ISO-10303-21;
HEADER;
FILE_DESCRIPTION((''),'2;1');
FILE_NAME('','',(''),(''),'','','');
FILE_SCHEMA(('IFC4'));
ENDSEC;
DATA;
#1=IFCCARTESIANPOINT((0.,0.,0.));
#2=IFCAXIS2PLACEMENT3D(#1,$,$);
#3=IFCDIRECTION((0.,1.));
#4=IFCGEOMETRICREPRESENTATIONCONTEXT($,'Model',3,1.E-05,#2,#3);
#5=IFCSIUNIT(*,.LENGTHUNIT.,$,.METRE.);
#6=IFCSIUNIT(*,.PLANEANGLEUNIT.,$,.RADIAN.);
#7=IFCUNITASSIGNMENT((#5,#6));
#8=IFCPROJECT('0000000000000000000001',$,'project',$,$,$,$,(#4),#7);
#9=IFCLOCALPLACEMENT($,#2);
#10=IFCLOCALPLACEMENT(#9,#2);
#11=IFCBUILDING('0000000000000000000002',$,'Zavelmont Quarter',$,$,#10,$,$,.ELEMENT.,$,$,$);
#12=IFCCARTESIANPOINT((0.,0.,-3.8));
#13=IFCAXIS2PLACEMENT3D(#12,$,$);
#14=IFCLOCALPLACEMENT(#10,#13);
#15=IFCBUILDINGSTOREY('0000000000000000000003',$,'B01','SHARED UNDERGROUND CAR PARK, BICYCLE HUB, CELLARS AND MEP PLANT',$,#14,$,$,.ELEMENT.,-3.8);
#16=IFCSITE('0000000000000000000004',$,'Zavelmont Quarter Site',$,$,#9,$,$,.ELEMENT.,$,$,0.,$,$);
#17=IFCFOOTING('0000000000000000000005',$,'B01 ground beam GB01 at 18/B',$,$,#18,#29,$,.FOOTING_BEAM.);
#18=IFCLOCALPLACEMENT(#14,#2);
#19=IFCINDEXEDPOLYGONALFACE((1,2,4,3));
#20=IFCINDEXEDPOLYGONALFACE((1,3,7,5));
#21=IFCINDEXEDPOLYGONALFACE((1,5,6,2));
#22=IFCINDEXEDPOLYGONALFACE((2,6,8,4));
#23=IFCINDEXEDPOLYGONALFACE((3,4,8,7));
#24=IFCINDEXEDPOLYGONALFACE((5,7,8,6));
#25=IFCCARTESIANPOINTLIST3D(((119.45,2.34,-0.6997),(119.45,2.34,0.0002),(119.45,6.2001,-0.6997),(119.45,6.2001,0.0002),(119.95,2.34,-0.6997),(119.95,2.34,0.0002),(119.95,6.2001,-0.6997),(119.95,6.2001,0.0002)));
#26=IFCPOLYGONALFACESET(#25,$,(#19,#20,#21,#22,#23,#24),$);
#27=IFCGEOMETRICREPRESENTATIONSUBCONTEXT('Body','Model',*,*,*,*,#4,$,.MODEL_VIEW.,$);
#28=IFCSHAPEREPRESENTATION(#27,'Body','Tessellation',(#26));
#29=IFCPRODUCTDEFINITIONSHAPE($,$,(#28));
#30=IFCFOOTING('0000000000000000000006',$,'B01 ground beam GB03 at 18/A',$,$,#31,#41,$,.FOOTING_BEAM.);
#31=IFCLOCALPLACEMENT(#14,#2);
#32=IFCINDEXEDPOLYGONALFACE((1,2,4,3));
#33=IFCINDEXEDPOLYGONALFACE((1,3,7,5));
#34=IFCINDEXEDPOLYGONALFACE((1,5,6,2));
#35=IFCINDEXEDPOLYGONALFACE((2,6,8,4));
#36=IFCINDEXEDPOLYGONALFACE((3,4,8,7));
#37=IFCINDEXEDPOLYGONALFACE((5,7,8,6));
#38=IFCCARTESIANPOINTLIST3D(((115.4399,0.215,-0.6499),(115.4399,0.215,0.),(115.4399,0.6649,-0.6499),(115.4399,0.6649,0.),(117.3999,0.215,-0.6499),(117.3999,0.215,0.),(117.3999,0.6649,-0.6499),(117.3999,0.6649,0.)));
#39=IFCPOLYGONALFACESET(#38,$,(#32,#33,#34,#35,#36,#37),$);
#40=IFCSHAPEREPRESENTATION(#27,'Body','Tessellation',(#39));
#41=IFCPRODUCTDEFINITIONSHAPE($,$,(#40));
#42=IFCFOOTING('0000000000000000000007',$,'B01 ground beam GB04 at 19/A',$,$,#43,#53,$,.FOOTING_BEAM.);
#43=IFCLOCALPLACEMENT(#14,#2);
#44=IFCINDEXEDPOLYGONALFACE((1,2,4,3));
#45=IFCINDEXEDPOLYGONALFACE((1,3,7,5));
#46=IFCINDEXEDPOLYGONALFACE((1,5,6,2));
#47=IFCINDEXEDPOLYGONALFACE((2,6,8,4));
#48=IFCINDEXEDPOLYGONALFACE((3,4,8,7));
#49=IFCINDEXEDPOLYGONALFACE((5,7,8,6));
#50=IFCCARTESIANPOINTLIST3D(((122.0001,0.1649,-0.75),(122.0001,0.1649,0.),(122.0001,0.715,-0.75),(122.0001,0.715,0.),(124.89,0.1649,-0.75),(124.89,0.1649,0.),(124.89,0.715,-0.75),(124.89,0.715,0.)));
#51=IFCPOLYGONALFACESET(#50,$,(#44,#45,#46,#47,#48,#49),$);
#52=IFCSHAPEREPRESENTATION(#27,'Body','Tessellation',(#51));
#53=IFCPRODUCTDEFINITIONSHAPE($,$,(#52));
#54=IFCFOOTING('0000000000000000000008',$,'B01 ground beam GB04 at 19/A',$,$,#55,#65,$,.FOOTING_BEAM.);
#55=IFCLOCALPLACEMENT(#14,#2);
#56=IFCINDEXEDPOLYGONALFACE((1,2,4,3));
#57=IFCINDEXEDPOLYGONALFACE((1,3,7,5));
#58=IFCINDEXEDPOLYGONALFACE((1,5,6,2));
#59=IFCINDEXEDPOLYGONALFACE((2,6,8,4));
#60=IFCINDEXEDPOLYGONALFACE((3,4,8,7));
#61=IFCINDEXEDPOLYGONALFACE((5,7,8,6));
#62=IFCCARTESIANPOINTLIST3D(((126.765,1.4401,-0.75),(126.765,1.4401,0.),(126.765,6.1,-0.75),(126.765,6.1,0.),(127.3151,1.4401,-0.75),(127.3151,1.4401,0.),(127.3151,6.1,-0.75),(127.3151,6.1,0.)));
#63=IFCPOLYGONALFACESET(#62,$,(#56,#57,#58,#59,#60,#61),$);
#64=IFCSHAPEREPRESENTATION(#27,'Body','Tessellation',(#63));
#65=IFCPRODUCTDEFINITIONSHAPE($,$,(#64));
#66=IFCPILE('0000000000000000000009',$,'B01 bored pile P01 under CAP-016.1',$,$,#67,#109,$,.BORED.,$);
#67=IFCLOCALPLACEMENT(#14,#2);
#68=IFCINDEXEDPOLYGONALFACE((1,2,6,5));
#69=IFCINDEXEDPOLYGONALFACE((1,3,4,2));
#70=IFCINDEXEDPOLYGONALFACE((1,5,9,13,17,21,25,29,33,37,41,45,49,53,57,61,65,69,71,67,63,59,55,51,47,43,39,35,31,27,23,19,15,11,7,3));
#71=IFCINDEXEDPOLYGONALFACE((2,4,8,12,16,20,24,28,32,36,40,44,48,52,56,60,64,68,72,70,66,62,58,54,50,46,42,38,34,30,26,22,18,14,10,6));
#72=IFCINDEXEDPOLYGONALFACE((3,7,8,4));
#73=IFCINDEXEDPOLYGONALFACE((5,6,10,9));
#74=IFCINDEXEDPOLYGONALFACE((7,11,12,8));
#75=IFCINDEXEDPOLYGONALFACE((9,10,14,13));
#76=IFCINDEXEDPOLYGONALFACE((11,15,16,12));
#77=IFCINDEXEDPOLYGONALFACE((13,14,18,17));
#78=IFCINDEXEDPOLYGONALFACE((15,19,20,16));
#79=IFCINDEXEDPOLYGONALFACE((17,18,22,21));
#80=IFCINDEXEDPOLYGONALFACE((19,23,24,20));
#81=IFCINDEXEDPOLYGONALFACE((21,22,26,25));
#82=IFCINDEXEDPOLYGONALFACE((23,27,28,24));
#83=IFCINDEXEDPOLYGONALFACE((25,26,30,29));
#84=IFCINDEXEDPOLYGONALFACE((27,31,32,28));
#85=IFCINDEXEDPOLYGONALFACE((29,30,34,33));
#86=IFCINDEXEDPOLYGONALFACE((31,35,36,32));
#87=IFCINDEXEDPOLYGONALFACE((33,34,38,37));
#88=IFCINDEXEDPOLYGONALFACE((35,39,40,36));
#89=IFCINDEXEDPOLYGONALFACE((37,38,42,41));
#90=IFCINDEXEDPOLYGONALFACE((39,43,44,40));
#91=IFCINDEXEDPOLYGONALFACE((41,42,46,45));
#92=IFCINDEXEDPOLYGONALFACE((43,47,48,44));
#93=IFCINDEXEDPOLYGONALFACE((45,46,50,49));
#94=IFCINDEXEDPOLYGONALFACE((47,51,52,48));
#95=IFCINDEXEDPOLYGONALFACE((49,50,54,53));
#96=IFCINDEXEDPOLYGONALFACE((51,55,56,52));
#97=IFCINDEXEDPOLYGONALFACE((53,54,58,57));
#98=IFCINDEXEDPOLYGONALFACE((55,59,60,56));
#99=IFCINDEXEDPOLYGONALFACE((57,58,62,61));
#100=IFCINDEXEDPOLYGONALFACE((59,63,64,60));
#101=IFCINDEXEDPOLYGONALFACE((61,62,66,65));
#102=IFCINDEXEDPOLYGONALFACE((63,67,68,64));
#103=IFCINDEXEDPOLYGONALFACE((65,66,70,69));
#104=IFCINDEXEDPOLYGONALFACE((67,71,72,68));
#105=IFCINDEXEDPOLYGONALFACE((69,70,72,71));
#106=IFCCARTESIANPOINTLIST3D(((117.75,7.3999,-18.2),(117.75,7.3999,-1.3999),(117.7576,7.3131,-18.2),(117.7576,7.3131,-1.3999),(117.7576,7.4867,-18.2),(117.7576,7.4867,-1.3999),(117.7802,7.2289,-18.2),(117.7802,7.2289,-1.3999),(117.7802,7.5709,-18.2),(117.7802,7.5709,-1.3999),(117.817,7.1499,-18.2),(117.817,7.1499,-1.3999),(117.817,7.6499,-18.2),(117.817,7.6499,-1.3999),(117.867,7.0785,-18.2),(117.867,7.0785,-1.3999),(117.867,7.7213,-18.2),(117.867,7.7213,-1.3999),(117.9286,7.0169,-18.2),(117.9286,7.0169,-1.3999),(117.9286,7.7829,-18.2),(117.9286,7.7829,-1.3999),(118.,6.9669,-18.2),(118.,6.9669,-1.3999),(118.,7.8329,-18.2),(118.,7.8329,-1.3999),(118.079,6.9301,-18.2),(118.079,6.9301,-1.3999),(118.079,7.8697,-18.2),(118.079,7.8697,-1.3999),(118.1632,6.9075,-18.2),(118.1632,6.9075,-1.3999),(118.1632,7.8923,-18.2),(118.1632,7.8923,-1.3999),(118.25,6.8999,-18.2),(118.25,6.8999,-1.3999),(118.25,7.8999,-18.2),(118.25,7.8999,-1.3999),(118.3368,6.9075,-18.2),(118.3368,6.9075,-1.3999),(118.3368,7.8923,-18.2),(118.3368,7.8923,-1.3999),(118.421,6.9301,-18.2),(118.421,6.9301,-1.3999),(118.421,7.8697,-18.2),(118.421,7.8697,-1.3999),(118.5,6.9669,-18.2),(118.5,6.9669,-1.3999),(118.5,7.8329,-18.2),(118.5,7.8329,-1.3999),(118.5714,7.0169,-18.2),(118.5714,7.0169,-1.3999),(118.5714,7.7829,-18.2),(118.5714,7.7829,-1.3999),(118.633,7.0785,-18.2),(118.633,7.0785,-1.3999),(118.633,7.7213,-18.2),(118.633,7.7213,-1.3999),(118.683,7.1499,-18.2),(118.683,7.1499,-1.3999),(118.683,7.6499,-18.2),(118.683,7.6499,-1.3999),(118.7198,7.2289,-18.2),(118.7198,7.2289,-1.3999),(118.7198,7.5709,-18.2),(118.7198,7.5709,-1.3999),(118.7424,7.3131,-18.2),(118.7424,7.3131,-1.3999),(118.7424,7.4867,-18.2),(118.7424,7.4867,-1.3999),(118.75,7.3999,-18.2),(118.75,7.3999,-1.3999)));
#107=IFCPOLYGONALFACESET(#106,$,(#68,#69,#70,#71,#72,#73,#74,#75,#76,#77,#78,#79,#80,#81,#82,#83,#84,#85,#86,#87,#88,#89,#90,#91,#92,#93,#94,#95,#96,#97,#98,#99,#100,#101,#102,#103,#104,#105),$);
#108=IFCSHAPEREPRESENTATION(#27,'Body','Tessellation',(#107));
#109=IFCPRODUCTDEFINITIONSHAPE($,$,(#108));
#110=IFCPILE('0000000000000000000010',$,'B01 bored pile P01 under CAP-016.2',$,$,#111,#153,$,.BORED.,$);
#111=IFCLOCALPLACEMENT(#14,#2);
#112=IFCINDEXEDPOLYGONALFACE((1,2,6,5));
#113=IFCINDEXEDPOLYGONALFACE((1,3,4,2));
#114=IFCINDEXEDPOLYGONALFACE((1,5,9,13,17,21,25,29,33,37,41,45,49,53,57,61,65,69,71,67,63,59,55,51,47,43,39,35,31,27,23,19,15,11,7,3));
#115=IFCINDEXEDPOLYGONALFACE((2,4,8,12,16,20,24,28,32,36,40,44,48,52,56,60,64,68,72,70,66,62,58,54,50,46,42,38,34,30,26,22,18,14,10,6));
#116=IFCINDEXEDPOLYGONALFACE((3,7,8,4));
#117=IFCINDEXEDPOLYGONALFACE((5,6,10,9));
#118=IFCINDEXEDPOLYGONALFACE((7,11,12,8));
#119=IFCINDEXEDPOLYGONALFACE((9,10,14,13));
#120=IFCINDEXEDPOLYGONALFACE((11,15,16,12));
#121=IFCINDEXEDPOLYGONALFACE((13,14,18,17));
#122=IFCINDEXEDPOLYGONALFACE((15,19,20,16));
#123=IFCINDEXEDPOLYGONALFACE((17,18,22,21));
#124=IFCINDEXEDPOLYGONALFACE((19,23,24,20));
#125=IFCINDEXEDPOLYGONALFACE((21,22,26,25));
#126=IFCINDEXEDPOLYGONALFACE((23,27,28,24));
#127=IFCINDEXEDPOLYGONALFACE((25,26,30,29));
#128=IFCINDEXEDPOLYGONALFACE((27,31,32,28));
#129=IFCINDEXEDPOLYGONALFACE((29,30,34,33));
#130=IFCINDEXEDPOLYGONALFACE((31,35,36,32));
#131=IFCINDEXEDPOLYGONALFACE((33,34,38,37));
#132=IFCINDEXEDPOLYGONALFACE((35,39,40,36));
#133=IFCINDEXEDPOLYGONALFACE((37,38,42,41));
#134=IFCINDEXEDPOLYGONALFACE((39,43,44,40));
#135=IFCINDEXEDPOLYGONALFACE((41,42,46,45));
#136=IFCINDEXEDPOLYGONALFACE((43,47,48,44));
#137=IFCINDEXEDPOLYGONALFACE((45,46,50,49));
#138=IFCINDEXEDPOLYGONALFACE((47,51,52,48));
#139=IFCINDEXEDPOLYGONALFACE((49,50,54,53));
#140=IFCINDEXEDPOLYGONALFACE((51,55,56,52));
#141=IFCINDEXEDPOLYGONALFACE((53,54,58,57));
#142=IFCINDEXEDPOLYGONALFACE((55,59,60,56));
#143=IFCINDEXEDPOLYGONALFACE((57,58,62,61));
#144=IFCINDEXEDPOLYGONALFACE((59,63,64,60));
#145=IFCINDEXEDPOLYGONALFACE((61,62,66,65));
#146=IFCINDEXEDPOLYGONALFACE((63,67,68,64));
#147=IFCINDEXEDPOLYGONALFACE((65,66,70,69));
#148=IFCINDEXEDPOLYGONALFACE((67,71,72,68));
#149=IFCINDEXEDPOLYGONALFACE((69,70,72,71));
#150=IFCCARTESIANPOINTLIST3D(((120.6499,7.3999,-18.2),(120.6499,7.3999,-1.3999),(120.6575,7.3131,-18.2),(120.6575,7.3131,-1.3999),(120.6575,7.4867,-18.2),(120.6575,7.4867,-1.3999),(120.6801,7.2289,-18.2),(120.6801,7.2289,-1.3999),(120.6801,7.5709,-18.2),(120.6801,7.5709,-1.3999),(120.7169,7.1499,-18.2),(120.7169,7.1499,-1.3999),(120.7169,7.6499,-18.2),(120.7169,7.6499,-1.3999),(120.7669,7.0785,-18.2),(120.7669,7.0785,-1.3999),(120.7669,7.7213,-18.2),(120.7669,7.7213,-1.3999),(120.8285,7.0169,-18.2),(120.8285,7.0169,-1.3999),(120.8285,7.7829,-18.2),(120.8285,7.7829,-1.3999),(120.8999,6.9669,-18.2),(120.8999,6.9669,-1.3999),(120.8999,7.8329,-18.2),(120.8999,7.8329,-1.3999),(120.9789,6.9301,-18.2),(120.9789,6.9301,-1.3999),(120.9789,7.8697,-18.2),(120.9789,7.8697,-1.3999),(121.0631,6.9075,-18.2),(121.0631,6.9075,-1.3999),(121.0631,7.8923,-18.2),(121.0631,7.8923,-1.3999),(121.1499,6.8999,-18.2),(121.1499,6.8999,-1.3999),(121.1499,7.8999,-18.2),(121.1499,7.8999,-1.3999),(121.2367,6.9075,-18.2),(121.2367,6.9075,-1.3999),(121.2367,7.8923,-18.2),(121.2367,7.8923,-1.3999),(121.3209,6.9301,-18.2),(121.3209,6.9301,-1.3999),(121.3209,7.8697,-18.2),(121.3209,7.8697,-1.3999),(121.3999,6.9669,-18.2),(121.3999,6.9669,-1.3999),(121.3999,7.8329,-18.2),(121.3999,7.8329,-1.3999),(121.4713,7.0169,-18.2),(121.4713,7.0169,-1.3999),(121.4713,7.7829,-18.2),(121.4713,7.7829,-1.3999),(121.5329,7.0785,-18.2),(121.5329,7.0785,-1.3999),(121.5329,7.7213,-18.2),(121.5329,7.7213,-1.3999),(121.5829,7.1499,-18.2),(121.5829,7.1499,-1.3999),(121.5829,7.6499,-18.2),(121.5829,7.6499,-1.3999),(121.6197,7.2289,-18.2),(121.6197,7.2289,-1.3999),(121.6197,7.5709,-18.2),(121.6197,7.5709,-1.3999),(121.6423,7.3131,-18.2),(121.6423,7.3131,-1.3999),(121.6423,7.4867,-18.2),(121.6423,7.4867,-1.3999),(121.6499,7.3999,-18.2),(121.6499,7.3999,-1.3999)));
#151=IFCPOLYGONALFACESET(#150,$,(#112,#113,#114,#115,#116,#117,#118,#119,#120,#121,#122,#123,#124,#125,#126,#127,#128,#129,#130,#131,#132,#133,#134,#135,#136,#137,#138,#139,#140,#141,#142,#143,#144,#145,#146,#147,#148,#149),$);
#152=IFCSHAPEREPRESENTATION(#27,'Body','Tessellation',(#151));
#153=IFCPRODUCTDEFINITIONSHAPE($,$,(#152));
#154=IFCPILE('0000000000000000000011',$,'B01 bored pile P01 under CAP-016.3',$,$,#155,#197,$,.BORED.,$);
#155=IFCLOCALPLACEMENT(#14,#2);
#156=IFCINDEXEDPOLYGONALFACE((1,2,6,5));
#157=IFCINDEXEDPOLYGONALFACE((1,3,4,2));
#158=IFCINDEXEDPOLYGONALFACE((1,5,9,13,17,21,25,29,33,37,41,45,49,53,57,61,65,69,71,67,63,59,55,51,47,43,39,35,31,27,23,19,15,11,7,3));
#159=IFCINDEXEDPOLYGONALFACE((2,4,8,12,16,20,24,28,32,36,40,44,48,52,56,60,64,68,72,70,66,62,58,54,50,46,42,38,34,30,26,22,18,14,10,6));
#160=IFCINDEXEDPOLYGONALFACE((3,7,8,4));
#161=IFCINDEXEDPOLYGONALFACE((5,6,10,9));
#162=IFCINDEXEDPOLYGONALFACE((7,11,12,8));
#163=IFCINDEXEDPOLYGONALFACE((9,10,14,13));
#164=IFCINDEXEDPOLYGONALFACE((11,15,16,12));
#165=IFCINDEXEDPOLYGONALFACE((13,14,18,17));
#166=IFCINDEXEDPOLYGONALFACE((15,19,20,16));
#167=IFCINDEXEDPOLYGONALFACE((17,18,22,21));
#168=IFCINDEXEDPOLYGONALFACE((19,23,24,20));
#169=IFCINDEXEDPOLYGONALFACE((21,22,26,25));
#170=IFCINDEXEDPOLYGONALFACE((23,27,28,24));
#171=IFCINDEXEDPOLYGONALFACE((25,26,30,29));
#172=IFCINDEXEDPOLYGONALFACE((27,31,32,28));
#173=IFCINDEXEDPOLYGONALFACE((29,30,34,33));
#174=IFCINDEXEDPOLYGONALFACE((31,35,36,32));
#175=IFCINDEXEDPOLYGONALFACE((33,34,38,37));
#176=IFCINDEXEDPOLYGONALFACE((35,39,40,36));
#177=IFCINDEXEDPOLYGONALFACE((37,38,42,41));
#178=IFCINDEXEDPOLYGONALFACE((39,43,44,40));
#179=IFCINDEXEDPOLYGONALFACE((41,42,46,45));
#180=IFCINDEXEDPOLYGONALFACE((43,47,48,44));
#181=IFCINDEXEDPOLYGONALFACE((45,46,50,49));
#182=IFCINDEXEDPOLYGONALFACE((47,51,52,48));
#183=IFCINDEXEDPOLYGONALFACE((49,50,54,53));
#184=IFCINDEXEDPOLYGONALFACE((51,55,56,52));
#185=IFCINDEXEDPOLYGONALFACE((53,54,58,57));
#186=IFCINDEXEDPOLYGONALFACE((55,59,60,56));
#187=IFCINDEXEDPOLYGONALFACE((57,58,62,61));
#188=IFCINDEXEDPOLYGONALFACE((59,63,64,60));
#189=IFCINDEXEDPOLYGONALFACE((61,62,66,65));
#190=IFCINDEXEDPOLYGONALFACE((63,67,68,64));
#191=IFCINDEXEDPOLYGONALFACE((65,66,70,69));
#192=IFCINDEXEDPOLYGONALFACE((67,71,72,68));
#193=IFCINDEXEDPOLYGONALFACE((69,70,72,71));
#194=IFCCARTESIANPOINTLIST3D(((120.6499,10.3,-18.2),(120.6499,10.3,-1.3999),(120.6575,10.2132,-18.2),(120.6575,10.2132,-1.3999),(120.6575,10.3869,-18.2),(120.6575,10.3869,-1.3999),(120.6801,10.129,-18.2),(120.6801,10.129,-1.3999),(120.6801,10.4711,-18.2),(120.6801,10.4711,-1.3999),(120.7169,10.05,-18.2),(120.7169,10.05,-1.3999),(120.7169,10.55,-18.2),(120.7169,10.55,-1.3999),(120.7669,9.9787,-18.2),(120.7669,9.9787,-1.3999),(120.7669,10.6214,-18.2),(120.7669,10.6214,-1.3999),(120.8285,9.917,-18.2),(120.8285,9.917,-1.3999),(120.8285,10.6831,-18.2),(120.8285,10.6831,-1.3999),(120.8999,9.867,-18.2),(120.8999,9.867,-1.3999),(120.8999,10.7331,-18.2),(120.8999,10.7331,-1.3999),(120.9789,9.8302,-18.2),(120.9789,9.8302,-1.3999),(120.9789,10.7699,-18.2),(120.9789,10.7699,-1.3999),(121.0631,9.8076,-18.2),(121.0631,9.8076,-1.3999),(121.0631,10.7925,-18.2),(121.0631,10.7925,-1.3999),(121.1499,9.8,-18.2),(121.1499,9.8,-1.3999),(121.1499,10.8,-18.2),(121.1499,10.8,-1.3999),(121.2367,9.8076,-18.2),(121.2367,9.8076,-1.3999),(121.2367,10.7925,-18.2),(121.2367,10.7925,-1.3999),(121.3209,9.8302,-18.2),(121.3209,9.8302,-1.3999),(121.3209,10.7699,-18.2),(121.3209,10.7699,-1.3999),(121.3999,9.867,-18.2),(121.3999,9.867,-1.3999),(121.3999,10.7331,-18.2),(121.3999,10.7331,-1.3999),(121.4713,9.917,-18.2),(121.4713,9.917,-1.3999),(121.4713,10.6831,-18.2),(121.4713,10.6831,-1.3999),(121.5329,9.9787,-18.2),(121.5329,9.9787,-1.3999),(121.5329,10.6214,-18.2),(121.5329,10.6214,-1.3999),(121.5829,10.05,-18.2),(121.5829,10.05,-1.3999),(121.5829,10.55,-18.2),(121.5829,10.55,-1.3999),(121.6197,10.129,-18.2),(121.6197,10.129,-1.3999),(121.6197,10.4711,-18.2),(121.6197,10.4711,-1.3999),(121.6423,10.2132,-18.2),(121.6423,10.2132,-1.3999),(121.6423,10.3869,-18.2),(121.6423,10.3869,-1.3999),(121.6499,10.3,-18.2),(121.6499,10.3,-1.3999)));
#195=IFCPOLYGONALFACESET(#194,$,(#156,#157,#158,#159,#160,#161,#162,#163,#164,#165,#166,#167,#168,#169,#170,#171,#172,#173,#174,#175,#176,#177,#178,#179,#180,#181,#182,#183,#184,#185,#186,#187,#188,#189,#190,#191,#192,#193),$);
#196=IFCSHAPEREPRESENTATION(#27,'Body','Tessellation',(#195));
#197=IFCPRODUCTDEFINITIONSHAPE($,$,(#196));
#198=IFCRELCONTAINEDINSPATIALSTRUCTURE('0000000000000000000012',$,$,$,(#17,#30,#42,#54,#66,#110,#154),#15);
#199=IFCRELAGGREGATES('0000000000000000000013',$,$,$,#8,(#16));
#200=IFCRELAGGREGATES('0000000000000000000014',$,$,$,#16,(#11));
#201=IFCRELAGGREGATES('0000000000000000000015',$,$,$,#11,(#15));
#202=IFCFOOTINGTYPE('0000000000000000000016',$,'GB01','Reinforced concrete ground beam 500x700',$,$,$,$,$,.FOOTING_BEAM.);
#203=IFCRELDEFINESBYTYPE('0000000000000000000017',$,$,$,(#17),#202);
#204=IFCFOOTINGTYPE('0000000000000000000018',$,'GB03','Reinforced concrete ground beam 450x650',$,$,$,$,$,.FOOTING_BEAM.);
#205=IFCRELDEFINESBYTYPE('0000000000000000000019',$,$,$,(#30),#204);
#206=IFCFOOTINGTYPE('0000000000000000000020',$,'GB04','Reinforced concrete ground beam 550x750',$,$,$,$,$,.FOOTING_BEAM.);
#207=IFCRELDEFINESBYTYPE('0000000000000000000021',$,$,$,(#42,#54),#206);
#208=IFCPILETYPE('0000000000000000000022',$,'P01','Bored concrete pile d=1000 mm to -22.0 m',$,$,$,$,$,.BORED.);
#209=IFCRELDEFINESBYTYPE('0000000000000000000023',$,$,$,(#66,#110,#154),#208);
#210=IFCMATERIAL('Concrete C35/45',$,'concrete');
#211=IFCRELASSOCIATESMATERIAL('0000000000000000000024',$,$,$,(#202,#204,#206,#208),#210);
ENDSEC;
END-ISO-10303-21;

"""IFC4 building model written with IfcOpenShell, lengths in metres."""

from ifc_helpers import new_model, si_unit, direction, frame, origin, origin_2d, place, context, subcontext, project, spatial, rectangle, circle, extrude, material, material_profile, profile_set, type_object, element, save


model = new_model("IFC4")

# Units and contexts
model_context = context("Model", 3, precision=1e-05, world=origin(), true_north=direction((0.0, 1.0)))
body_context = subcontext(model_context, "Body", "Model", "MODEL_VIEW")
ifc_project = project(units=[si_unit("LENGTHUNIT", "METRE"), si_unit("PLANEANGLEUNIT", "RADIAN")], contexts=[model_context])

# Site, building, storey
site_placement = place(None, origin())
site = spatial("IfcSite", under=ifc_project, at=site_placement, Name="Zavelmont Quarter Site", CompositionType="ELEMENT", RefElevation=0.0)
building_placement = place(site_placement, origin())
building = spatial("IfcBuilding", under=site, at=building_placement, Name="Zavelmont Quarter", CompositionType="ELEMENT")
storey_placement = place(building_placement, frame((0.0, 0.0, -3.8)))
storey = spatial("IfcBuildingStorey", under=building, at=storey_placement, Name="B01", Description="SHARED UNDERGROUND CAR PARK, BICYCLE HUB, CELLARS AND MEP PLANT", CompositionType="ELEMENT", Elevation=-3.8)

# Footings
ifc_material_1 = material(Name="Concrete C35/45", Category="concrete")
footing_type_1 = type_object("IfcFootingType", Name="GB01", Description="Reinforced concrete ground beam 500x700", PredefinedType="FOOTING_BEAM", material=ifc_material_1)
footing_1_placement = place(storey_placement, frame((119.7, 4.27, -0.6997), z_axis=(0.0, 0.0, 1.0), x_axis=(0.0, 1.0, 0.0)))
element("IfcFooting", 1, at=footing_1_placement, inside=storey, type_object=footing_type_1, Name="B01 ground beam GB01 at 18/B", PredefinedType="FOOTING_BEAM", context=body_context, shape_type="SweptSolid", body=[
    extrude(rectangle(XDim=3.8601, YDim=0.5, at=origin_2d()), origin(), (0.0, 0.0, 1.0), 0.7),
])
footing_type_2 = type_object("IfcFootingType", Name="GB03", Description="Reinforced concrete ground beam 450x650", PredefinedType="FOOTING_BEAM", material=ifc_material_1)
footing_2_placement = place(storey_placement, frame((116.4199, 0.4399, -0.6499), z_axis=(0.0, 0.0, 1.0), x_axis=(1.0, 0.0, 0.0)))
element("IfcFooting", 2, at=footing_2_placement, inside=storey, type_object=footing_type_2, Name="B01 ground beam GB03 at 18/A", PredefinedType="FOOTING_BEAM", context=body_context, shape_type="SweptSolid", body=[
    extrude(rectangle(XDim=1.96, YDim=0.45, at=origin_2d()), origin(), (0.0, 0.0, 1.0), 0.6499),
])
footing_type_3 = type_object("IfcFootingType", Name="GB04", Description="Reinforced concrete ground beam 550x750", PredefinedType="FOOTING_BEAM", material=ifc_material_1)
footing_3_placement = place(storey_placement, frame((123.4451, 0.4399, -0.75), z_axis=(0.0, 0.0, 1.0), x_axis=(1.0, 0.0, 0.0)))
element("IfcFooting", 3, at=footing_3_placement, inside=storey, type_object=footing_type_3, Name="B01 ground beam GB04 at 19/A", PredefinedType="FOOTING_BEAM", context=body_context, shape_type="SweptSolid", body=[
    extrude(rectangle(XDim=2.8899, YDim=0.55, at=origin_2d()), origin(), (0.0, 0.0, 1.0), 0.75),
])
footing_4_placement = place(storey_placement, frame((127.04, 3.77, -0.75), z_axis=(0.0, 0.0, 1.0), x_axis=(0.0, 1.0, 0.0)))
element("IfcFooting", 4, at=footing_4_placement, inside=storey, type_object=footing_type_3, Name="B01 ground beam GB04 at 19/A", PredefinedType="FOOTING_BEAM", context=body_context, shape_type="SweptSolid", body=[
    extrude(rectangle(XDim=4.6599, YDim=0.55, at=origin_2d()), origin(), (0.0, 0.0, 1.0), 0.75),
])

# Piles
ifc_material_profile_1 = material_profile(ifc_material_1, circle(Radius=0.5, at=origin_2d()), Name="BP1000")
ifc_profile_set_1 = profile_set([ifc_material_profile_1], Name="Concrete C35/45")
pile_type_1 = type_object("IfcPileType", Name="P01", Description="Bored concrete pile d=1000 mm to -22.0 m", PredefinedType="BORED", material=ifc_profile_set_1)
for number, where, z_axis, x_axis, name in (
    (5, (118.25, 7.3999, -1.3999), (0.0, 0.0, -1.0), (1.0, 0.0, 0.0), "B01 bored pile P01 under CAP-016.1"),
    (6, (121.1499, 7.3999, -1.3999), (0.0, 0.0, -1.0), (1.0, 0.0, 0.0), "B01 bored pile P01 under CAP-016.2"),
    (7, (121.1499, 10.3, -1.3999), (0.0, 0.0, -1.0), (1.0, 0.0, 0.0), "B01 bored pile P01 under CAP-016.3"),
):
    element("IfcPile", number, at=place(storey_placement, frame(where, z_axis=z_axis, x_axis=x_axis)), inside=storey, type_object=pile_type_1, Name=name, PredefinedType="BORED", context=body_context, shape_type="SweptSolid", body=[
        extrude(circle(Radius=0.5, at=origin_2d()), origin(), (0.0, 0.0, 1.0), 16.8),
    ])

save(model, "model.ifc")
